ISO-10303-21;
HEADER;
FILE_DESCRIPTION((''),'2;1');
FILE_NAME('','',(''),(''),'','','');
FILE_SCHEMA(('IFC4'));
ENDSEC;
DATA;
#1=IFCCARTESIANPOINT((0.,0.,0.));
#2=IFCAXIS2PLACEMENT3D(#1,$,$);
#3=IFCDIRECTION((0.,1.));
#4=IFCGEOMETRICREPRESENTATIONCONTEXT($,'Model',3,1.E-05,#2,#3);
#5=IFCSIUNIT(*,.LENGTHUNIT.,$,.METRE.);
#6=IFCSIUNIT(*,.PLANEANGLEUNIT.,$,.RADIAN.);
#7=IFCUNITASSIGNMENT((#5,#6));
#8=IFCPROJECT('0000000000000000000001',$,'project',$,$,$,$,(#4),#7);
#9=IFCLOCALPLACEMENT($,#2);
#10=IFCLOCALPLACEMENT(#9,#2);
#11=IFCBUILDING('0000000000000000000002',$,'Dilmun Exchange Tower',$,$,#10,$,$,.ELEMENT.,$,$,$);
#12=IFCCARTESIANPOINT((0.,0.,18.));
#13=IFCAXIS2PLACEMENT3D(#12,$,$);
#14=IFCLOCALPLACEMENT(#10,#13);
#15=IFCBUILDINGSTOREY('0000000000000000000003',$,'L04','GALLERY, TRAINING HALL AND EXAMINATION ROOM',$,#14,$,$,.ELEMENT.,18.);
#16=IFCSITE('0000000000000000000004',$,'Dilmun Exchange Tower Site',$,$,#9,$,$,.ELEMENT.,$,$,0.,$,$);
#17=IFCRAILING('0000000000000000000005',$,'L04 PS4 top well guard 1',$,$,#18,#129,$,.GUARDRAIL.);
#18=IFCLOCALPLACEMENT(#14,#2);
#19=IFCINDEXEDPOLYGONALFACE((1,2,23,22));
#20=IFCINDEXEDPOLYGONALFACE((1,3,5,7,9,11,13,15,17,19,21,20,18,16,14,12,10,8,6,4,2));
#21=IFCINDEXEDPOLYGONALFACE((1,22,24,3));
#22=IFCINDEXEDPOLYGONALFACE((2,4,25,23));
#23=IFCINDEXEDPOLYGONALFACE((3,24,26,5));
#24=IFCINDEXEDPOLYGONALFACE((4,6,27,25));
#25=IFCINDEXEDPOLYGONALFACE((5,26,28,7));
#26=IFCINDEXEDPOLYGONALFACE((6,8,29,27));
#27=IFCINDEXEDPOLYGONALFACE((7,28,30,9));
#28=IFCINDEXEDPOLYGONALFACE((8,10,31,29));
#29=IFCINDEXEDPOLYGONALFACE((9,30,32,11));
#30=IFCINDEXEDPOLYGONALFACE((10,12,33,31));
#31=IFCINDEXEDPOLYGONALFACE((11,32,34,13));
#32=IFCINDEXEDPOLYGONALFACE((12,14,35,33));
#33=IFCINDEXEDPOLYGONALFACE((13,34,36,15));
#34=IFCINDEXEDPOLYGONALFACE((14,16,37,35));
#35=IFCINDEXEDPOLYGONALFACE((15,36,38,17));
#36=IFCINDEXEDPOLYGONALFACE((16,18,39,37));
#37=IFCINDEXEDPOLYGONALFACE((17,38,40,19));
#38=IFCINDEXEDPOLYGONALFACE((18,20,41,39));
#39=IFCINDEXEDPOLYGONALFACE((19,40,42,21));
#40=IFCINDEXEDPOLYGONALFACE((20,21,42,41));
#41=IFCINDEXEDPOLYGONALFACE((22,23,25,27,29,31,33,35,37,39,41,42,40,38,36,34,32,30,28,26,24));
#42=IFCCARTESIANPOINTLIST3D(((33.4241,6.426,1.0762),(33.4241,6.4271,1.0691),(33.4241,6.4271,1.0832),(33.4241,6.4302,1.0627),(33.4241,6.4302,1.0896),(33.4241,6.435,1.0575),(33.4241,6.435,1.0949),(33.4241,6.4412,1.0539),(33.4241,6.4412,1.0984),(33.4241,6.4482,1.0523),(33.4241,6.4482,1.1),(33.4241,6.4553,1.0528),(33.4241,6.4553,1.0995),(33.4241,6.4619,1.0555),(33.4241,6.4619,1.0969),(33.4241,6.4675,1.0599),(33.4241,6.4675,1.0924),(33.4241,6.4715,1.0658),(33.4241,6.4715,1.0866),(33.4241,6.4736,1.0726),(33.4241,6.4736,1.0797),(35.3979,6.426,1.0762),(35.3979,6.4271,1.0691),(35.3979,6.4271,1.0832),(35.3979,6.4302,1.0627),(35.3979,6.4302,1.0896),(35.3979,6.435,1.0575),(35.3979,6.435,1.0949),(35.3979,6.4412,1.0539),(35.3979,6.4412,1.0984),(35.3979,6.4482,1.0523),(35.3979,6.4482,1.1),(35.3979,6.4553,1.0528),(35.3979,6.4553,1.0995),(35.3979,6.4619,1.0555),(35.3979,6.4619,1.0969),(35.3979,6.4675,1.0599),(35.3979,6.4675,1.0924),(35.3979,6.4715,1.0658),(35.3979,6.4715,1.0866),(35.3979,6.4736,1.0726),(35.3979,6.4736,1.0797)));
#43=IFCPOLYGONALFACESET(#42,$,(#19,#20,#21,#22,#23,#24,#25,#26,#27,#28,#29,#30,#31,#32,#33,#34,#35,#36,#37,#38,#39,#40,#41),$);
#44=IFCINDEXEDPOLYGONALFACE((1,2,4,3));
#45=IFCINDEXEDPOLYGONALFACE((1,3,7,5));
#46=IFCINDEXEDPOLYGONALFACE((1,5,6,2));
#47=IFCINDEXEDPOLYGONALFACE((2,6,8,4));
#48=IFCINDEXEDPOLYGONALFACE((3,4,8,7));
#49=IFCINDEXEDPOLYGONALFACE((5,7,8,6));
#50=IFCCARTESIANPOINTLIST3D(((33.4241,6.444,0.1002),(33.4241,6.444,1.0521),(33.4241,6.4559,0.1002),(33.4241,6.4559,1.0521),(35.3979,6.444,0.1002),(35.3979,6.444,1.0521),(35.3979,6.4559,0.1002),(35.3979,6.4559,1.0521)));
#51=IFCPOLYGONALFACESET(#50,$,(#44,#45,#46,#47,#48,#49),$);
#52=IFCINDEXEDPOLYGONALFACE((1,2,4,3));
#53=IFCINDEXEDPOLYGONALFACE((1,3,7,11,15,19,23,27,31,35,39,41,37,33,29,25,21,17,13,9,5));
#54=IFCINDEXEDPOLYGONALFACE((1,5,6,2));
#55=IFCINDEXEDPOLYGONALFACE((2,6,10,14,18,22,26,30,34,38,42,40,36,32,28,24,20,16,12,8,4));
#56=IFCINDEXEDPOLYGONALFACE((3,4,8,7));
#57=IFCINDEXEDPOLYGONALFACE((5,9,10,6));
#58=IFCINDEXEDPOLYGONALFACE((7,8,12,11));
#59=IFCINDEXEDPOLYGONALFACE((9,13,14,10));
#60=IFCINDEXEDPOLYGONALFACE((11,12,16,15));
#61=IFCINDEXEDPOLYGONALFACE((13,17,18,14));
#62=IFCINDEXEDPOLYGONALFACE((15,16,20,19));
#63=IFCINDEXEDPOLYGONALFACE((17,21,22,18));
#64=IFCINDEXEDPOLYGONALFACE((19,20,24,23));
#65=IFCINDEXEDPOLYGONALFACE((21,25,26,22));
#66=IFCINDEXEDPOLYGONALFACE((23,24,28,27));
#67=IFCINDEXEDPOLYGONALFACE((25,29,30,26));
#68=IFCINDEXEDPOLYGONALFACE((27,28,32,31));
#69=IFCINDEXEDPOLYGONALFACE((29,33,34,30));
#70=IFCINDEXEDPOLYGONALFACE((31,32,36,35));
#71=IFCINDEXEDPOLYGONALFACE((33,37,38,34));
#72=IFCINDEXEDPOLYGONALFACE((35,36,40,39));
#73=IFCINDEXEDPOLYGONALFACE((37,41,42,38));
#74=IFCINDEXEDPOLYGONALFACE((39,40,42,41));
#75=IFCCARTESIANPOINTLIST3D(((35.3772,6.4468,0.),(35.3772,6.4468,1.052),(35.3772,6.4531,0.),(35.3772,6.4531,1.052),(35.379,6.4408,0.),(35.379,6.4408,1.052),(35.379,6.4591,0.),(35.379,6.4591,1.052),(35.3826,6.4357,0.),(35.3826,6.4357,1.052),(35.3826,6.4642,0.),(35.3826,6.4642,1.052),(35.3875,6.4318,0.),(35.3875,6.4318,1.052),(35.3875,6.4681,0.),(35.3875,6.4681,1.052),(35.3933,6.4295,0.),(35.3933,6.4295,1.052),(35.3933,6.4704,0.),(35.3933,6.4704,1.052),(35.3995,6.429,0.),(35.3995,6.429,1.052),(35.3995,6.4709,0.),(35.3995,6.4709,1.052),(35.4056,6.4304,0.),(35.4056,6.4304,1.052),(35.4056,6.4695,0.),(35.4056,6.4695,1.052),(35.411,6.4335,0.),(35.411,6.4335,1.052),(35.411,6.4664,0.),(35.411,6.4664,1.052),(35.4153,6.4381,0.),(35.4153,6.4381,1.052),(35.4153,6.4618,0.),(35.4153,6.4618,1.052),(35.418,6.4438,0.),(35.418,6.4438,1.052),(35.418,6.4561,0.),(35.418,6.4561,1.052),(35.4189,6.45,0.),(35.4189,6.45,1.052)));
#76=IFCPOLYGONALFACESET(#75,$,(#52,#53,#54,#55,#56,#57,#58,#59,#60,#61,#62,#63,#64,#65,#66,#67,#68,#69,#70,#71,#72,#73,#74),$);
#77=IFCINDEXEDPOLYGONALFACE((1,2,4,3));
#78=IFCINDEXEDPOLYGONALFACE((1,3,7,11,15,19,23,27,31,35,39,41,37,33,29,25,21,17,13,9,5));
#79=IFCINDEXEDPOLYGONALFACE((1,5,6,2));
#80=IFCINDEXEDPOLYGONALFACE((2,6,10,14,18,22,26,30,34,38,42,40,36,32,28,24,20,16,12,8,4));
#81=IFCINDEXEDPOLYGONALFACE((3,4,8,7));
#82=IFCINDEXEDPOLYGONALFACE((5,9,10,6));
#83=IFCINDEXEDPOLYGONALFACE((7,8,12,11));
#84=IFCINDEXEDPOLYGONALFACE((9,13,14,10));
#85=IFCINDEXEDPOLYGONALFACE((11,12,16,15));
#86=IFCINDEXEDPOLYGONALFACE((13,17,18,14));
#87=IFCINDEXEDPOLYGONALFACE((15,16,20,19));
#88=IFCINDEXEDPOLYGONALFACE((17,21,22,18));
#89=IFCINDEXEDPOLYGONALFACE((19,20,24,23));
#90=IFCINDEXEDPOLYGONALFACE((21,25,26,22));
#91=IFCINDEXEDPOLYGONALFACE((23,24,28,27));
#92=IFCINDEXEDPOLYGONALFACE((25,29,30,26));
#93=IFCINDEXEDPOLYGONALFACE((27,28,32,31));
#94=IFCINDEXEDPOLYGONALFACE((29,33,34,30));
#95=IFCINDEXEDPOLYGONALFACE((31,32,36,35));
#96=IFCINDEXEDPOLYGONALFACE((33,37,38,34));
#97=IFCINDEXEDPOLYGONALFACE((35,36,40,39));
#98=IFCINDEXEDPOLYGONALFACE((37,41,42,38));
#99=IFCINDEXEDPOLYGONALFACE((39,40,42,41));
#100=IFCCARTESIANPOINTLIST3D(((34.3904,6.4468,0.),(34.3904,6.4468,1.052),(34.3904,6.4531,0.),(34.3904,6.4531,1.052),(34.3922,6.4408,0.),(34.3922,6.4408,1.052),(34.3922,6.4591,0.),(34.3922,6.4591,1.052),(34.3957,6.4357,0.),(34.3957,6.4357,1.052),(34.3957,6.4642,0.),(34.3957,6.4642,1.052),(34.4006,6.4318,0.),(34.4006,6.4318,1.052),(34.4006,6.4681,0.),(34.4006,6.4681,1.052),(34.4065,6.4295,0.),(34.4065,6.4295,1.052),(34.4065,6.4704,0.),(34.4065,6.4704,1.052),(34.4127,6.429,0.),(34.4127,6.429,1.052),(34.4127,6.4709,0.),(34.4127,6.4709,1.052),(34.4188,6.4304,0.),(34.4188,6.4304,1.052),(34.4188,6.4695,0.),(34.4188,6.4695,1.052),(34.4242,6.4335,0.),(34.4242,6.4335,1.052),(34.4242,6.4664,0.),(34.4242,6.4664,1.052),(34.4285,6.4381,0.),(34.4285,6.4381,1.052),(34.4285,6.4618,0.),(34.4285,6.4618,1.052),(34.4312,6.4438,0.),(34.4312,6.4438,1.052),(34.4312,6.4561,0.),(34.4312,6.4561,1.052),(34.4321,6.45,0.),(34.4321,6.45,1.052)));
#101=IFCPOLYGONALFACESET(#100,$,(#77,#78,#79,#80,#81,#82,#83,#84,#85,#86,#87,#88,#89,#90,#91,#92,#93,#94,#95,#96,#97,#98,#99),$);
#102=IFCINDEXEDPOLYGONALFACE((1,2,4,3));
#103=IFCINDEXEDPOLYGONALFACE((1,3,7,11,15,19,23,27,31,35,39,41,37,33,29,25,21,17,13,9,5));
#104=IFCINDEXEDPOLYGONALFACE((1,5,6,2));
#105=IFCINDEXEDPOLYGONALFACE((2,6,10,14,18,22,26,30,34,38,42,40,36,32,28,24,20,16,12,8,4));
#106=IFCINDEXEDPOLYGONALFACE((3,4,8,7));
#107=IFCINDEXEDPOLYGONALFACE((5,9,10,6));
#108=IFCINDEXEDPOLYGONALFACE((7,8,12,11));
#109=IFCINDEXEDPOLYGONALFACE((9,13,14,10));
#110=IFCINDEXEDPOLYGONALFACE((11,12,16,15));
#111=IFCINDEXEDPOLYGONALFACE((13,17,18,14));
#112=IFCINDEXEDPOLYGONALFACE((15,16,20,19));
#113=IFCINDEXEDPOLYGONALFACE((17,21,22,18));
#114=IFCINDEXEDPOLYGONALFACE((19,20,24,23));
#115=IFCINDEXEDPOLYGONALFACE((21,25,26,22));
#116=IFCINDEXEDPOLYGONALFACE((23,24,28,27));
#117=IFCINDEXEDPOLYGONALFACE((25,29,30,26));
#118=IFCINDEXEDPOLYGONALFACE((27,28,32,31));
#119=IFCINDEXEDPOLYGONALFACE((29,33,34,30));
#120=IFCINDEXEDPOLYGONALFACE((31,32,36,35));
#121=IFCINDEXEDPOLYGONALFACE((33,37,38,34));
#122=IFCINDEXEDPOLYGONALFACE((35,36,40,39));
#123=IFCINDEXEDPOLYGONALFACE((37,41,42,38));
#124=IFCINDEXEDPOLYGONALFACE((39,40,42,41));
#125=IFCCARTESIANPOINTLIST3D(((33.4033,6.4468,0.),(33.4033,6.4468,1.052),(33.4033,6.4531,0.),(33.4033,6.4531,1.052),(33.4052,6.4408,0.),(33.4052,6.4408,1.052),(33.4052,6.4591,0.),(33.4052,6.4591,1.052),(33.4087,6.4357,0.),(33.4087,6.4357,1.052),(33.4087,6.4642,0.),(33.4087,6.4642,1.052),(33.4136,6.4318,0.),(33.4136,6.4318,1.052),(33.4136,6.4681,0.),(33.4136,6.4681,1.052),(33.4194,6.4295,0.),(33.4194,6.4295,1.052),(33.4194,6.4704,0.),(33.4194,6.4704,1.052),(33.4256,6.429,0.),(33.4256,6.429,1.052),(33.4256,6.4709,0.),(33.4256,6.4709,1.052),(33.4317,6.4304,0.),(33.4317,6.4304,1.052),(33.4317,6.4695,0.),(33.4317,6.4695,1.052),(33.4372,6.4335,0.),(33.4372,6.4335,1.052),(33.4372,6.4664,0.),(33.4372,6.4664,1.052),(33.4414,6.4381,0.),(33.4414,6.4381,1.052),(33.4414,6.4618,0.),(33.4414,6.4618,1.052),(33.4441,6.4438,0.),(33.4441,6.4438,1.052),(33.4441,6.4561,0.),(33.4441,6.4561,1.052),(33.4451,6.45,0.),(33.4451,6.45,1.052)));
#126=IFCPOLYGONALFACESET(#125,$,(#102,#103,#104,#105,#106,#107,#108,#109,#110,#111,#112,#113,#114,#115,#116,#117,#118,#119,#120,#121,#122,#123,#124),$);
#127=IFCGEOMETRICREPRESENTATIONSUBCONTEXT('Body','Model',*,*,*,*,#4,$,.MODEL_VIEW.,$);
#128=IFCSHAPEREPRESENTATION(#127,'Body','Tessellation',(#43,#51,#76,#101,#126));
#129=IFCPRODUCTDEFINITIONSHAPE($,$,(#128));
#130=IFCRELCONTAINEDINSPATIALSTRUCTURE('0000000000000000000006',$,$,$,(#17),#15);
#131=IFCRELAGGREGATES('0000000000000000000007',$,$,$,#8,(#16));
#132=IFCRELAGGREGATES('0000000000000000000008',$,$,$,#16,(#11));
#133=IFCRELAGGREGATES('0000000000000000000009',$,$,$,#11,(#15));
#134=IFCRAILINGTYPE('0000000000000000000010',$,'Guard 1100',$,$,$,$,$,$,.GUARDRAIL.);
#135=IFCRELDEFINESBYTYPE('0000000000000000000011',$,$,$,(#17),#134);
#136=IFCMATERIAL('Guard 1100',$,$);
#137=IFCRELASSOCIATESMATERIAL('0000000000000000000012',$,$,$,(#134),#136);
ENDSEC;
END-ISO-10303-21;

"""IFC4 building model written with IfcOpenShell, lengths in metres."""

from ifc_helpers import new_model, si_unit, direction, frame, origin, origin_2d, place, context, subcontext, project, spatial, rectangle, circle, extrude, material, type_object, element, save


model = new_model("IFC4")

# Units and contexts
model_context = context("Model", 3, precision=1e-05, world=origin(), true_north=direction((0.0, 1.0)))
body_context = subcontext(model_context, "Body", "Model", "MODEL_VIEW")
ifc_project = project(units=[si_unit("LENGTHUNIT", "METRE"), si_unit("PLANEANGLEUNIT", "RADIAN")], contexts=[model_context])

# Site, building, storey
site_placement = place(None, origin())
site = spatial("IfcSite", under=ifc_project, at=site_placement, Name="Dilmun Exchange Tower Site", CompositionType="ELEMENT", RefElevation=0.0)
building_placement = place(site_placement, origin())
building = spatial("IfcBuilding", under=site, at=building_placement, Name="Dilmun Exchange Tower", CompositionType="ELEMENT")
storey_placement = place(building_placement, frame((0.0, 0.0, 18.0)))
storey = spatial("IfcBuildingStorey", under=building, at=storey_placement, Name="L04", Description="GALLERY, TRAINING HALL AND EXAMINATION ROOM", CompositionType="ELEMENT", Elevation=18.0)

# Railing
ifc_material_1 = material(Name="Guard 1100")
railing_type_1 = type_object("IfcRailingType", Name="Guard 1100", PredefinedType="GUARDRAIL", material=ifc_material_1)
railing_1_placement = place(storey_placement, frame((35.3979, 6.45, 0.0)))
element("IfcRailing", 1, at=railing_1_placement, inside=storey, type_object=railing_type_1, Name="L04 PS4 top well guard 1", PredefinedType="GUARDRAIL", context=body_context, shape_type="SweptSolid", body=[
    extrude(circle(Radius=0.0239, at=origin_2d()), frame((0.0, 0.0, 1.0762), z_axis=(-1.0, 0.0, 0.0), x_axis=(0.0, -1.0, 0.0)), (0.0, 0.0, 1.0), 1.9739),
    extrude(rectangle(XDim=0.012, YDim=0.9519, at=origin_2d()), frame((0.0, 0.0, 0.5762), z_axis=(-1.0, 0.0, 0.0), x_axis=(0.0, -1.0, 0.0)), (0.0, 0.0, 1.0), 1.9739),
    extrude(circle(Radius=0.021, at=origin_2d()), origin(), (0.0, 0.0, 1.0), 1.052),
    extrude(circle(Radius=0.021, at=origin_2d()), frame((-0.9868, 0.0, 0.0)), (0.0, 0.0, 1.0), 1.052),
    extrude(circle(Radius=0.021, at=origin_2d()), frame((-1.9739, 0.0, 0.0)), (0.0, 0.0, 1.0), 1.052),
])

save(model, "model.ifc")
